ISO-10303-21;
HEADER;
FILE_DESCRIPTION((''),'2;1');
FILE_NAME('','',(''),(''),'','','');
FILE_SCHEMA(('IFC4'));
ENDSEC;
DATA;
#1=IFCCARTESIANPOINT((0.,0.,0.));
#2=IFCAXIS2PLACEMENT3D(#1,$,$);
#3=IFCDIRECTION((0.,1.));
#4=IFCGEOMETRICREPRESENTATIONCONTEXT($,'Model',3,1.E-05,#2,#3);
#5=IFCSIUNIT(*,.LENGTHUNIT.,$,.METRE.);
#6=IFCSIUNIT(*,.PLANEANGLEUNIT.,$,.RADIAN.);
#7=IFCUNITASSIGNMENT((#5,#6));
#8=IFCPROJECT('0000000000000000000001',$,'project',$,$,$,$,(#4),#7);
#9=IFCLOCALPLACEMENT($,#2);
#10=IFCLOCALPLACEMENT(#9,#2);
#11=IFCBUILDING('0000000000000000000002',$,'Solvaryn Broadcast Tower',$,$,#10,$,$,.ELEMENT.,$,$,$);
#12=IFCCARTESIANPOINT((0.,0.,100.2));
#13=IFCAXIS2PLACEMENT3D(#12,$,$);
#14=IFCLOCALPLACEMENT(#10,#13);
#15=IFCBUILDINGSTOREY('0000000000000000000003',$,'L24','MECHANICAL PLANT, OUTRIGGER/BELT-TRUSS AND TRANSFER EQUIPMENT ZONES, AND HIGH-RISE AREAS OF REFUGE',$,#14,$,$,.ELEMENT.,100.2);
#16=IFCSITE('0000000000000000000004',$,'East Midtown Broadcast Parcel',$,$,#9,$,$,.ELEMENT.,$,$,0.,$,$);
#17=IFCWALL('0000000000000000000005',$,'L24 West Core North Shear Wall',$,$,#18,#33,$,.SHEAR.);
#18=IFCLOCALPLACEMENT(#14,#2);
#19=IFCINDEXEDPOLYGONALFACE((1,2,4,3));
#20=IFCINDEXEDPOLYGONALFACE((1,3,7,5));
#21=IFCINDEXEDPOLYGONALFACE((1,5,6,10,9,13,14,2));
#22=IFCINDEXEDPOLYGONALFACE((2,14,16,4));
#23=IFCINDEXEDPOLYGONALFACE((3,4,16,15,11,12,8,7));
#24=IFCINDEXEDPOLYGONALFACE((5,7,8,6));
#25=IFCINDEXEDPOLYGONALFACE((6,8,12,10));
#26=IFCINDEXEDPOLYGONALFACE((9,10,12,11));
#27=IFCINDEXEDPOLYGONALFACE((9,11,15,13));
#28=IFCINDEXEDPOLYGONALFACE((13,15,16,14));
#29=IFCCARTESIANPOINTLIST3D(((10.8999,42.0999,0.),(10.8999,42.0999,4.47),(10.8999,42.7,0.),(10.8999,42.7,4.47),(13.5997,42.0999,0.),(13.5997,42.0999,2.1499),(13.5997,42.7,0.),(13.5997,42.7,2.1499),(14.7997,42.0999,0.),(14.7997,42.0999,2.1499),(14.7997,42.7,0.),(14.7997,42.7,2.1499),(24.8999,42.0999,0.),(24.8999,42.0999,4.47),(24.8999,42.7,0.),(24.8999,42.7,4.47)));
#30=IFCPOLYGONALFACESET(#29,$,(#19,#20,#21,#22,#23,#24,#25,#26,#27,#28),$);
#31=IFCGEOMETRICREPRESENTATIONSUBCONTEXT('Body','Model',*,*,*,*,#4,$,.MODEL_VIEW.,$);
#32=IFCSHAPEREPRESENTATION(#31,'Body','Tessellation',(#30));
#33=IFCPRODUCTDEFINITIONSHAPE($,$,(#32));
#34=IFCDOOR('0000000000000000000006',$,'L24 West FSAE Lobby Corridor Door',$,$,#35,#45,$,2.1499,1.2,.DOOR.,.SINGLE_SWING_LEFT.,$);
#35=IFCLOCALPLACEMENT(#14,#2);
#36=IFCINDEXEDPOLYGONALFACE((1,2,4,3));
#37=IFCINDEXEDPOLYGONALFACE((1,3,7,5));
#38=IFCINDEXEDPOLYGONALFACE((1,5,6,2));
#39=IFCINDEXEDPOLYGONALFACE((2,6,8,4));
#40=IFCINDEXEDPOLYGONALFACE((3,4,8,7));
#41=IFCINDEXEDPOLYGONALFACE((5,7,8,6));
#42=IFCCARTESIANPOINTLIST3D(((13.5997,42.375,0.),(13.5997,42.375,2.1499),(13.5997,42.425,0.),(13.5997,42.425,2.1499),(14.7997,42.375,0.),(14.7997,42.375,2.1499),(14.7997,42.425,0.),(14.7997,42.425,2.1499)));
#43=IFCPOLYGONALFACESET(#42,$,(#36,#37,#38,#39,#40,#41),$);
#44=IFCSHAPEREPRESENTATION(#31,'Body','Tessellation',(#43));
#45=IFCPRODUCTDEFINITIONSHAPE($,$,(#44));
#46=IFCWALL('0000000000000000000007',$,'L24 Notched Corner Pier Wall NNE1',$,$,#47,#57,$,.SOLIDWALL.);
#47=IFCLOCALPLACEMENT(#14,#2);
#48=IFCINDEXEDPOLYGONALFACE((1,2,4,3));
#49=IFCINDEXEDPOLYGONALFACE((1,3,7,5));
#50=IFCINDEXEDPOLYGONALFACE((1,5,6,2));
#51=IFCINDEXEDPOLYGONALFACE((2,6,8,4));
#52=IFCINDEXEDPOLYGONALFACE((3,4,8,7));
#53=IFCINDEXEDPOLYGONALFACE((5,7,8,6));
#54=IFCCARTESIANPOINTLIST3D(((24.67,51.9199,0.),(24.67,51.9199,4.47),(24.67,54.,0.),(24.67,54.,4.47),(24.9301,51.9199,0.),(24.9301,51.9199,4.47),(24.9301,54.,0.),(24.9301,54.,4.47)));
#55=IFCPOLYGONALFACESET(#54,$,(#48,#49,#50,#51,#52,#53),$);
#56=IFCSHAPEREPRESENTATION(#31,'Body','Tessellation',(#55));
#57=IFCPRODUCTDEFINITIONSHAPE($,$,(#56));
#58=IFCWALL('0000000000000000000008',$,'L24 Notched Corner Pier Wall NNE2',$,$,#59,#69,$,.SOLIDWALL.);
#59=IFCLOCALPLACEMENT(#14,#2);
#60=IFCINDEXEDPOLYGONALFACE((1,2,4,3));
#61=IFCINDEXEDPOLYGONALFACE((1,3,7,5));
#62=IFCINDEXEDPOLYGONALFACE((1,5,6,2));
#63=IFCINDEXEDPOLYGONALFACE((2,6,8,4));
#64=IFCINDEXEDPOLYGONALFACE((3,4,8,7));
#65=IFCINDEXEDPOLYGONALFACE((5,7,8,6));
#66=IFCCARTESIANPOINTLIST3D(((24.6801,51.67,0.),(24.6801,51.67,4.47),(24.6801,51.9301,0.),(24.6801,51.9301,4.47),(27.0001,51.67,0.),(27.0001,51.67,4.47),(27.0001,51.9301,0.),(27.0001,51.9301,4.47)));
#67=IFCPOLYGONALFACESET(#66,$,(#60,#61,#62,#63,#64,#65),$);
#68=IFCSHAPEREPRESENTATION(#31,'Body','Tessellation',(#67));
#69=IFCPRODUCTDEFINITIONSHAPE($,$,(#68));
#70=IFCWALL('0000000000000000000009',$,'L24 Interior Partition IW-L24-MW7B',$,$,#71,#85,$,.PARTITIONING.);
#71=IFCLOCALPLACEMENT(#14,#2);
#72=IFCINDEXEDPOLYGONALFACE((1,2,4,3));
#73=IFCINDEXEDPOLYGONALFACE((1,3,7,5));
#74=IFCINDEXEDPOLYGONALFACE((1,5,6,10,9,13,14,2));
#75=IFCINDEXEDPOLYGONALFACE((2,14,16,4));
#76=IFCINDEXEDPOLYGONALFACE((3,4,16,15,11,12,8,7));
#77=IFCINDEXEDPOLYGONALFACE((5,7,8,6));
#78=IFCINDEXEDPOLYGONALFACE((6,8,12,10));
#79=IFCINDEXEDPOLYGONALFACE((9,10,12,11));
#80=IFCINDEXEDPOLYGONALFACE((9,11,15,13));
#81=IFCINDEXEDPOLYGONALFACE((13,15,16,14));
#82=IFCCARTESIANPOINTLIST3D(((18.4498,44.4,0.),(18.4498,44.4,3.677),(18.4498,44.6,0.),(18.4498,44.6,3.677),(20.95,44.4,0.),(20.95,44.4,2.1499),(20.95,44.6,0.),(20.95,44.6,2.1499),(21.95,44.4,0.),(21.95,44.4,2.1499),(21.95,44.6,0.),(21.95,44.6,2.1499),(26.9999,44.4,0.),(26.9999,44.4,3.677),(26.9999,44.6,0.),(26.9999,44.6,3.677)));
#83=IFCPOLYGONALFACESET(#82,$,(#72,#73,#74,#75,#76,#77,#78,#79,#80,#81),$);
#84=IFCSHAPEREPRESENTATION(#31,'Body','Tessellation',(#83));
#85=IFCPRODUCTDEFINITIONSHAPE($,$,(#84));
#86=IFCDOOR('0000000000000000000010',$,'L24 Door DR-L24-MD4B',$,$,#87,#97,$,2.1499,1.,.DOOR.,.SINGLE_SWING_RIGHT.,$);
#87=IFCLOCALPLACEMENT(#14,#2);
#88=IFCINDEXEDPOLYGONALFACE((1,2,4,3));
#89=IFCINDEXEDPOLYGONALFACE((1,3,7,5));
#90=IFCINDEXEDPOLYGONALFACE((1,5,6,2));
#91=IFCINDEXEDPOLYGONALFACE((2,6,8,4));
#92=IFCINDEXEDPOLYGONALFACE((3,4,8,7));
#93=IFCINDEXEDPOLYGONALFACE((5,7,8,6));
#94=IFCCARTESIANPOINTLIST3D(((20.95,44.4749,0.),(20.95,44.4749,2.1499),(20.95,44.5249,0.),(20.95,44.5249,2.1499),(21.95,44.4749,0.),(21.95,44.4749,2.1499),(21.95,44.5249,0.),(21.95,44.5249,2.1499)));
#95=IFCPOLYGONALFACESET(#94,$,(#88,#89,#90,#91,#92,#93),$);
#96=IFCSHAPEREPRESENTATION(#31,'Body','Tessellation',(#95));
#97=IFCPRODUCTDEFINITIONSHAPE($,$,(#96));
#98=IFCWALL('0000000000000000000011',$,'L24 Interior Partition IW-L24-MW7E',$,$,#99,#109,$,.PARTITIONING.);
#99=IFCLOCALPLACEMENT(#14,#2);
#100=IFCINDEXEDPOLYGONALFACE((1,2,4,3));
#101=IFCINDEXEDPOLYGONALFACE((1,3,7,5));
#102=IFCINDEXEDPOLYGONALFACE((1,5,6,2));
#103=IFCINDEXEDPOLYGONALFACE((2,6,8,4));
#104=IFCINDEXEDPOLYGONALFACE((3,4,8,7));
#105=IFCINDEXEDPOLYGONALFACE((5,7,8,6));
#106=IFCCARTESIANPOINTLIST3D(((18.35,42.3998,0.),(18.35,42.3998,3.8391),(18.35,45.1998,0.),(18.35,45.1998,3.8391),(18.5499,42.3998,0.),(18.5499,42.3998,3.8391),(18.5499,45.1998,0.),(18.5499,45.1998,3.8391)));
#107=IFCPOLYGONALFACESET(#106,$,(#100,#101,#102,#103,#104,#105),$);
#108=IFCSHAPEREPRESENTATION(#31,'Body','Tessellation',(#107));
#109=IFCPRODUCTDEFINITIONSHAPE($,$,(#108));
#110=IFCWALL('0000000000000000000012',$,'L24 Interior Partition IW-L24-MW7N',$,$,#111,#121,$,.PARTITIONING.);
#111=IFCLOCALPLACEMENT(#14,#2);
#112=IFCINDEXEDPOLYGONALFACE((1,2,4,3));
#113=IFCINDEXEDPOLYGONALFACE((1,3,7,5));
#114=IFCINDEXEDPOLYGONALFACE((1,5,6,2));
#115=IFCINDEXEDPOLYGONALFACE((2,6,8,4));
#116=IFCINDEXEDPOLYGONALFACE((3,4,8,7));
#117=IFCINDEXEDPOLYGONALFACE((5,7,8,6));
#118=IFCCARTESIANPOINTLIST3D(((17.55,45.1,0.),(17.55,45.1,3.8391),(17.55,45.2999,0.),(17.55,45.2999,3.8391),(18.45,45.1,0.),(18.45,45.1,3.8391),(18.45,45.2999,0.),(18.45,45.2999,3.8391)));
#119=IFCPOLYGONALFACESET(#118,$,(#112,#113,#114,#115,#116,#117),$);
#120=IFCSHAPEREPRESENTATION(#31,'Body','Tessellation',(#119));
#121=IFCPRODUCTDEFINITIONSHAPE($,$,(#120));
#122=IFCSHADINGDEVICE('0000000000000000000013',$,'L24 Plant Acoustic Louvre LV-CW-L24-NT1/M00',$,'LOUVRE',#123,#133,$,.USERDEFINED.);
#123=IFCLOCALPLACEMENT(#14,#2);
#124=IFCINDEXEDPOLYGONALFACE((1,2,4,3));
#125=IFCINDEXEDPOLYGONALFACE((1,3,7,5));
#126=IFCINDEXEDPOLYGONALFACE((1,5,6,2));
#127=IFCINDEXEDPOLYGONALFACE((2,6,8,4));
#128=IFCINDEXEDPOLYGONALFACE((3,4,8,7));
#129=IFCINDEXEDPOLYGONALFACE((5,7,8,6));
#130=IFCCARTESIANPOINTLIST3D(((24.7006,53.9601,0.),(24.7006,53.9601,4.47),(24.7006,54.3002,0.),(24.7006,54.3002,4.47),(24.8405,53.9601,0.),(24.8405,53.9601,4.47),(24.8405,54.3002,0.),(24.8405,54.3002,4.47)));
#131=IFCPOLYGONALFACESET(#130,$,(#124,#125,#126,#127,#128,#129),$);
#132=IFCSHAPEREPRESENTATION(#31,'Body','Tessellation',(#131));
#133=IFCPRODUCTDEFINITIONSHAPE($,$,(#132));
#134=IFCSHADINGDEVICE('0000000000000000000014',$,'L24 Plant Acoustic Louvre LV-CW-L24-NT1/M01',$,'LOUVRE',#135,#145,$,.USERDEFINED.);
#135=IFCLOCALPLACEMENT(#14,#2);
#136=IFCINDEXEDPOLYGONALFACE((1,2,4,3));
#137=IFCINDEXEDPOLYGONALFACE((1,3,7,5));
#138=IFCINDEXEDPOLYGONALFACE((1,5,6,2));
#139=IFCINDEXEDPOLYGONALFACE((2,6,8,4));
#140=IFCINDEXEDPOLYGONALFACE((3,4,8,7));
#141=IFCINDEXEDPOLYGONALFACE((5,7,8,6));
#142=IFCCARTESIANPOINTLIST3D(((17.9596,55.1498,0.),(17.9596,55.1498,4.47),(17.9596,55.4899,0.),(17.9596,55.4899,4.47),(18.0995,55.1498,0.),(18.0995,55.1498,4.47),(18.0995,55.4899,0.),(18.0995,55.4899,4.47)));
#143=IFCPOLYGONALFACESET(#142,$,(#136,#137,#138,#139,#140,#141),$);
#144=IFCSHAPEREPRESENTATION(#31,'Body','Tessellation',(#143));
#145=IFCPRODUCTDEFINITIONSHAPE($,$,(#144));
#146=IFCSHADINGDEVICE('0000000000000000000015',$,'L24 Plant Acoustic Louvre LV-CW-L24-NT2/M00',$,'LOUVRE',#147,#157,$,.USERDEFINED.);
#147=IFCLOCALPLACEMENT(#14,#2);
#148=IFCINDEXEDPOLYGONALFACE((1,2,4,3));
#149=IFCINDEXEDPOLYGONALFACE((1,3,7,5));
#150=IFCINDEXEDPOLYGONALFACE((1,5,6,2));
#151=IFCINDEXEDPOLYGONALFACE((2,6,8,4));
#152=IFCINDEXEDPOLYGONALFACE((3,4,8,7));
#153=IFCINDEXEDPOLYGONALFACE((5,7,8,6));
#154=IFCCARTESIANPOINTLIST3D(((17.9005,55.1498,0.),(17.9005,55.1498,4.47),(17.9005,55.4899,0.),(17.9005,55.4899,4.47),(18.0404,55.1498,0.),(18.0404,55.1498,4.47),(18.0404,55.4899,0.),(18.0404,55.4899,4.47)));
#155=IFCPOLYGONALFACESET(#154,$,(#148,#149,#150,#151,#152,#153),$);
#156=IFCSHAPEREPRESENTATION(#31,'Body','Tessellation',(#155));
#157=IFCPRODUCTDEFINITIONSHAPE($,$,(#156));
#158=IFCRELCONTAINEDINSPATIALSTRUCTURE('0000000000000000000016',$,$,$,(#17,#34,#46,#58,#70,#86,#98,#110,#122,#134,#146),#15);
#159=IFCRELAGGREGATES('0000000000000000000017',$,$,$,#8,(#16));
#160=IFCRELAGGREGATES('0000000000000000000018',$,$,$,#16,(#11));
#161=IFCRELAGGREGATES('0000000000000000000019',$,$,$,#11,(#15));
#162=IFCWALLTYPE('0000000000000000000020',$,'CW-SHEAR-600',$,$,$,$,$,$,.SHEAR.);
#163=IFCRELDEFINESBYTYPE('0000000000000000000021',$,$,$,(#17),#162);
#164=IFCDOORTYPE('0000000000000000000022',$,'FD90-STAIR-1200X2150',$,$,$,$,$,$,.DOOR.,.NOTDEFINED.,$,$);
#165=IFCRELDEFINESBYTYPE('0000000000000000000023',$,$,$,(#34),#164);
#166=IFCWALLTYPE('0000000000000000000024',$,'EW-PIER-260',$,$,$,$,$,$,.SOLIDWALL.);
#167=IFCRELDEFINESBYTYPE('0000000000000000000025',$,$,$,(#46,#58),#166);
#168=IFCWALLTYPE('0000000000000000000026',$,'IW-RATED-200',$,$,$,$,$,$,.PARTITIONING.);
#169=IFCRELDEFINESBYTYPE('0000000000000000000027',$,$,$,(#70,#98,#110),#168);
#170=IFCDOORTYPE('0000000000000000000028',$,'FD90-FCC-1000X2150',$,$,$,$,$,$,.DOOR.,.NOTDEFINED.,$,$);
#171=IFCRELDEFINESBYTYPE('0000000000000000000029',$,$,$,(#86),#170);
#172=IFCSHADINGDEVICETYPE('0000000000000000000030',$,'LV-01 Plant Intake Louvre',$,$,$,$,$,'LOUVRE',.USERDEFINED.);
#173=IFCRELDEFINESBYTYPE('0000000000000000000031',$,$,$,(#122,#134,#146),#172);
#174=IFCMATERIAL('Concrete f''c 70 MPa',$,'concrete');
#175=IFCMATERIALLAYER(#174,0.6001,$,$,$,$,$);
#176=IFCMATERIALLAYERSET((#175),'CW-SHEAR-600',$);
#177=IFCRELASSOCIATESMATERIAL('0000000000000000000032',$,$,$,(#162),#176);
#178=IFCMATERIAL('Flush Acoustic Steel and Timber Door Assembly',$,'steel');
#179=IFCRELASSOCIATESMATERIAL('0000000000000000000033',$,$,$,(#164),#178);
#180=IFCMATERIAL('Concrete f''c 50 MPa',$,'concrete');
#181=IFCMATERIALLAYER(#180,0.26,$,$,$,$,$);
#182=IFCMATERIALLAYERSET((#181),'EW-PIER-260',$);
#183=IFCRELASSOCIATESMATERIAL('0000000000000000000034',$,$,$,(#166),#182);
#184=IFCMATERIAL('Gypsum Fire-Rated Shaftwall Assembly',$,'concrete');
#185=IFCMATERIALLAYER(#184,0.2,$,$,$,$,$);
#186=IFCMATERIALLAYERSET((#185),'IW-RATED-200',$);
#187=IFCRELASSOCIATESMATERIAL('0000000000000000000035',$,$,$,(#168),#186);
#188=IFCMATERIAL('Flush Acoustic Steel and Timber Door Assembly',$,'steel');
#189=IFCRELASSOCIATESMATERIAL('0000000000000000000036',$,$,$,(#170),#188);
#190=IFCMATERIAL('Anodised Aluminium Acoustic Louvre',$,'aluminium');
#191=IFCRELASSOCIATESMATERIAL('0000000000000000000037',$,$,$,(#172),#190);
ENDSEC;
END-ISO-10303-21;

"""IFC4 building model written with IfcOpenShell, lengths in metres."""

from ifc_helpers import new_model, si_unit, direction, frame, frame_2d, origin, origin_2d, place, context, subcontext, project, spatial, rectangle, extrude, material, layer, layer_set, type_object, element, fill, save


model = new_model("IFC4")

# Units and contexts
model_context = context("Model", 3, precision=1e-05, world=origin(), true_north=direction((0.0, 1.0)))
body_context = subcontext(model_context, "Body", "Model", "MODEL_VIEW")
ifc_project = project(units=[si_unit("LENGTHUNIT", "METRE"), si_unit("PLANEANGLEUNIT", "RADIAN")], contexts=[model_context])

# Site, building, storey
site_placement = place(None, origin())
site = spatial("IfcSite", under=ifc_project, at=site_placement, Name="East Midtown Broadcast Parcel", CompositionType="ELEMENT", RefElevation=0.0)
building_placement = place(site_placement, origin())
building = spatial("IfcBuilding", under=site, at=building_placement, Name="Solvaryn Broadcast Tower", CompositionType="ELEMENT")
storey_placement = place(building_placement, frame((0.0, 0.0, 100.2)))
storey = spatial("IfcBuildingStorey", under=building, at=storey_placement, Name="L24", Description="MECHANICAL PLANT, OUTRIGGER/BELT-TRUSS AND TRANSFER EQUIPMENT ZONES, AND HIGH-RISE AREAS OF REFUGE", CompositionType="ELEMENT", Elevation=100.2)

# Wall, opening, door
ifc_material_1 = material(Name="Concrete f'c 70 MPa", Category="concrete")
ifc_layer_1 = layer(ifc_material_1, 0.6001)
ifc_layer_set_1 = layer_set([ifc_layer_1], Name="CW-SHEAR-600")
wall_type_1 = type_object("IfcWallType", Name="CW-SHEAR-600", PredefinedType="SHEAR", material=ifc_layer_set_1)
wall_1_placement = place(storey_placement, frame((24.8999, 42.3999, 0.0), z_axis=(0.0, 0.0, 1.0), x_axis=(-1.0, 0.0, 0.0)))
wall_1 = element("IfcWall", 1, at=wall_1_placement, inside=storey, type_object=wall_type_1, Name="L24 West Core North Shear Wall", PredefinedType="SHEAR", context=body_context, shape_type="SweptSolid", body=[
    extrude(rectangle(XDim=14.0, YDim=0.6001, at=frame_2d((7.0, 0.0))), origin(), (0.0, 0.0, 1.0), 4.47),
])
opening_1_placement = place(wall_1_placement, frame((10.1001, 0.0, 0.0)))
opening_1 = element("IfcOpeningElement", 2, at=opening_1_placement, cuts=wall_1, PredefinedType="OPENING", context=body_context, shape_type="SweptSolid", body=[
    extrude(rectangle(XDim=1.2, YDim=2.1499, at=frame_2d((0.6001, 1.075))), frame((0.0, 0.3101, 0.0), z_axis=(0.0, -1.0, 0.0), x_axis=(1.0, 0.0, 0.0)), (0.0, 0.0, 1.0), 0.6201),
])
ifc_material_2 = material(Name="Flush Acoustic Steel and Timber Door Assembly", Category="steel")
door_type_1 = type_object("IfcDoorType", Name="FD90-STAIR-1200X2150", OperationType="NOTDEFINED", PredefinedType="DOOR", material=ifc_material_2)
door_1_placement = place(opening_1_placement, origin())
door_1 = element("IfcDoor", 3, at=door_1_placement, inside=storey, type_object=door_type_1, Name="L24 West FSAE Lobby Corridor Door", OperationType="SINGLE_SWING_LEFT", OverallHeight=2.1499, OverallWidth=1.2, PredefinedType="DOOR", context=body_context, shape_type="SweptSolid", body=[
    extrude(rectangle(XDim=1.2, YDim=2.1499, at=frame_2d((0.6001, 1.075))), frame((0.0, 0.0249, 0.0), z_axis=(0.0, -1.0, 0.0), x_axis=(1.0, 0.0, 0.0)), (0.0, 0.0, 1.0), 0.05),
])
fill(opening_1, door_1)

# Walls
ifc_material_3 = material(Name="Concrete f'c 50 MPa", Category="concrete")
ifc_layer_2 = layer(ifc_material_3, 0.26)
ifc_layer_set_2 = layer_set([ifc_layer_2], Name="EW-PIER-260")
wall_type_2 = type_object("IfcWallType", Name="EW-PIER-260", PredefinedType="SOLIDWALL", material=ifc_layer_set_2)
wall_2_placement = place(storey_placement, frame((24.8, 54.0, 0.0), z_axis=(0.0, 0.0, 1.0), x_axis=(0.0, -1.0, 0.0)))
element("IfcWall", 4, at=wall_2_placement, inside=storey, type_object=wall_type_2, Name="L24 Notched Corner Pier Wall NNE1", PredefinedType="SOLIDWALL", context=body_context, shape_type="SweptSolid", body=[
    extrude(rectangle(XDim=2.0801, YDim=0.26, at=frame_2d((1.04, 0.0))), origin(), (0.0, 0.0, 1.0), 4.47),
])
wall_3_placement = place(storey_placement, frame((24.6799, 51.8, 0.0), z_axis=(0.0, 0.0, 1.0), x_axis=(1.0, 0.0, 0.0)))
element("IfcWall", 5, at=wall_3_placement, inside=storey, type_object=wall_type_2, Name="L24 Notched Corner Pier Wall NNE2", PredefinedType="SOLIDWALL", context=body_context, shape_type="SweptSolid", body=[
    extrude(rectangle(XDim=2.3201, YDim=0.26, at=frame_2d((1.1602, 0.0))), origin(), (0.0, 0.0, 1.0), 4.47),
])

# Wall, opening, door
ifc_material_4 = material(Name="Gypsum Fire-Rated Shaftwall Assembly", Category="concrete")
ifc_layer_3 = layer(ifc_material_4, 0.2)
ifc_layer_set_3 = layer_set([ifc_layer_3], Name="IW-RATED-200")
wall_type_3 = type_object("IfcWallType", Name="IW-RATED-200", PredefinedType="PARTITIONING", material=ifc_layer_set_3)
wall_4_placement = place(storey_placement, frame((18.45, 44.5, 0.0), z_axis=(0.0, 0.0, 1.0), x_axis=(1.0, 0.0, 0.0)))
wall_4 = element("IfcWall", 6, at=wall_4_placement, inside=storey, type_object=wall_type_3, Name="L24 Interior Partition IW-L24-MW7B", PredefinedType="PARTITIONING", context=body_context, shape_type="SweptSolid", body=[
    extrude(rectangle(XDim=8.55, YDim=0.2, at=frame_2d((4.2749, 0.0))), origin(), (0.0, 0.0, 1.0), 3.677),
])
opening_2_placement = place(wall_4_placement, frame((2.5, 0.0, 0.0)))
opening_2 = element("IfcOpeningElement", 7, at=opening_2_placement, cuts=wall_4, PredefinedType="OPENING", context=body_context, shape_type="SweptSolid", body=[
    extrude(rectangle(XDim=1.0, YDim=2.1499, at=frame_2d((0.5, 1.075))), frame((0.0, 0.1101, 0.0), z_axis=(0.0, -1.0, 0.0), x_axis=(1.0, 0.0, 0.0)), (0.0, 0.0, 1.0), 0.22),
])
ifc_material_5 = material(Name="Flush Acoustic Steel and Timber Door Assembly", Category="steel")
door_type_2 = type_object("IfcDoorType", Name="FD90-FCC-1000X2150", OperationType="NOTDEFINED", PredefinedType="DOOR", material=ifc_material_5)
door_2_placement = place(opening_2_placement, origin())
door_2 = element("IfcDoor", 8, at=door_2_placement, inside=storey, type_object=door_type_2, Name="L24 Door DR-L24-MD4B", OperationType="SINGLE_SWING_RIGHT", OverallHeight=2.1499, OverallWidth=1.0, PredefinedType="DOOR", context=body_context, shape_type="SweptSolid", body=[
    extrude(rectangle(XDim=1.0, YDim=2.1499, at=frame_2d((0.5, 1.075))), frame((0.0, 0.0249, 0.0), z_axis=(0.0, -1.0, 0.0), x_axis=(1.0, 0.0, 0.0)), (0.0, 0.0, 1.0), 0.05),
])
fill(opening_2, door_2)

# Walls
wall_5_placement = place(storey_placement, frame((18.45, 42.3999, 0.0), z_axis=(0.0, 0.0, 1.0), x_axis=(0.0, 1.0, 0.0)))
element("IfcWall", 9, at=wall_5_placement, inside=storey, type_object=wall_type_3, Name="L24 Interior Partition IW-L24-MW7E", PredefinedType="PARTITIONING", context=body_context, shape_type="SweptSolid", body=[
    extrude(rectangle(XDim=2.8, YDim=0.2, at=frame_2d((1.3999, 0.0))), origin(), (0.0, 0.0, 1.0), 3.8391),
])
wall_6_placement = place(storey_placement, frame((17.55, 45.2, 0.0), z_axis=(0.0, 0.0, 1.0), x_axis=(1.0, 0.0, 0.0)))
element("IfcWall", 10, at=wall_6_placement, inside=storey, type_object=wall_type_3, Name="L24 Interior Partition IW-L24-MW7N", PredefinedType="PARTITIONING", context=body_context, shape_type="SweptSolid", body=[
    extrude(rectangle(XDim=0.8999, YDim=0.2, at=frame_2d((0.45, 0.0))), origin(), (0.0, 0.0, 1.0), 3.8391),
])

# Shading devices
ifc_material_6 = material(Name="Anodised Aluminium Acoustic Louvre", Category="aluminium")
shading_device_type = type_object("IfcShadingDeviceType", Name="LV-01 Plant Intake Louvre", ElementType="LOUVRE", PredefinedType="USERDEFINED", material=ifc_material_6)
for number, where, z_axis, x_axis, name in (
    (11, (24.7705, 54.1301, 0.0), (0.0, 0.0, 1.0), (1.0, 0.0, 0.0), "L24 Plant Acoustic Louvre LV-CW-L24-NT1/M00"),
    (12, (18.0295, 55.3198, 0.0), (0.0, 0.0, 1.0), (1.0, 0.0, 0.0), "L24 Plant Acoustic Louvre LV-CW-L24-NT1/M01"),
    (13, (17.9705, 55.3198, 0.0), (0.0, 0.0, 1.0), (1.0, 0.0, 0.0), "L24 Plant Acoustic Louvre LV-CW-L24-NT2/M00"),
):
    element("IfcShadingDevice", number, at=place(storey_placement, frame(where, z_axis=z_axis, x_axis=x_axis)), inside=storey, type_object=shading_device_type, Name=name, ObjectType="LOUVRE", PredefinedType="USERDEFINED", context=body_context, shape_type="SweptSolid", body=[
        extrude(rectangle(XDim=0.1399, YDim=0.3401, at=origin_2d()), origin(), (0.0, 0.0, 1.0), 4.47),
    ])

save(model, "model.ifc")
